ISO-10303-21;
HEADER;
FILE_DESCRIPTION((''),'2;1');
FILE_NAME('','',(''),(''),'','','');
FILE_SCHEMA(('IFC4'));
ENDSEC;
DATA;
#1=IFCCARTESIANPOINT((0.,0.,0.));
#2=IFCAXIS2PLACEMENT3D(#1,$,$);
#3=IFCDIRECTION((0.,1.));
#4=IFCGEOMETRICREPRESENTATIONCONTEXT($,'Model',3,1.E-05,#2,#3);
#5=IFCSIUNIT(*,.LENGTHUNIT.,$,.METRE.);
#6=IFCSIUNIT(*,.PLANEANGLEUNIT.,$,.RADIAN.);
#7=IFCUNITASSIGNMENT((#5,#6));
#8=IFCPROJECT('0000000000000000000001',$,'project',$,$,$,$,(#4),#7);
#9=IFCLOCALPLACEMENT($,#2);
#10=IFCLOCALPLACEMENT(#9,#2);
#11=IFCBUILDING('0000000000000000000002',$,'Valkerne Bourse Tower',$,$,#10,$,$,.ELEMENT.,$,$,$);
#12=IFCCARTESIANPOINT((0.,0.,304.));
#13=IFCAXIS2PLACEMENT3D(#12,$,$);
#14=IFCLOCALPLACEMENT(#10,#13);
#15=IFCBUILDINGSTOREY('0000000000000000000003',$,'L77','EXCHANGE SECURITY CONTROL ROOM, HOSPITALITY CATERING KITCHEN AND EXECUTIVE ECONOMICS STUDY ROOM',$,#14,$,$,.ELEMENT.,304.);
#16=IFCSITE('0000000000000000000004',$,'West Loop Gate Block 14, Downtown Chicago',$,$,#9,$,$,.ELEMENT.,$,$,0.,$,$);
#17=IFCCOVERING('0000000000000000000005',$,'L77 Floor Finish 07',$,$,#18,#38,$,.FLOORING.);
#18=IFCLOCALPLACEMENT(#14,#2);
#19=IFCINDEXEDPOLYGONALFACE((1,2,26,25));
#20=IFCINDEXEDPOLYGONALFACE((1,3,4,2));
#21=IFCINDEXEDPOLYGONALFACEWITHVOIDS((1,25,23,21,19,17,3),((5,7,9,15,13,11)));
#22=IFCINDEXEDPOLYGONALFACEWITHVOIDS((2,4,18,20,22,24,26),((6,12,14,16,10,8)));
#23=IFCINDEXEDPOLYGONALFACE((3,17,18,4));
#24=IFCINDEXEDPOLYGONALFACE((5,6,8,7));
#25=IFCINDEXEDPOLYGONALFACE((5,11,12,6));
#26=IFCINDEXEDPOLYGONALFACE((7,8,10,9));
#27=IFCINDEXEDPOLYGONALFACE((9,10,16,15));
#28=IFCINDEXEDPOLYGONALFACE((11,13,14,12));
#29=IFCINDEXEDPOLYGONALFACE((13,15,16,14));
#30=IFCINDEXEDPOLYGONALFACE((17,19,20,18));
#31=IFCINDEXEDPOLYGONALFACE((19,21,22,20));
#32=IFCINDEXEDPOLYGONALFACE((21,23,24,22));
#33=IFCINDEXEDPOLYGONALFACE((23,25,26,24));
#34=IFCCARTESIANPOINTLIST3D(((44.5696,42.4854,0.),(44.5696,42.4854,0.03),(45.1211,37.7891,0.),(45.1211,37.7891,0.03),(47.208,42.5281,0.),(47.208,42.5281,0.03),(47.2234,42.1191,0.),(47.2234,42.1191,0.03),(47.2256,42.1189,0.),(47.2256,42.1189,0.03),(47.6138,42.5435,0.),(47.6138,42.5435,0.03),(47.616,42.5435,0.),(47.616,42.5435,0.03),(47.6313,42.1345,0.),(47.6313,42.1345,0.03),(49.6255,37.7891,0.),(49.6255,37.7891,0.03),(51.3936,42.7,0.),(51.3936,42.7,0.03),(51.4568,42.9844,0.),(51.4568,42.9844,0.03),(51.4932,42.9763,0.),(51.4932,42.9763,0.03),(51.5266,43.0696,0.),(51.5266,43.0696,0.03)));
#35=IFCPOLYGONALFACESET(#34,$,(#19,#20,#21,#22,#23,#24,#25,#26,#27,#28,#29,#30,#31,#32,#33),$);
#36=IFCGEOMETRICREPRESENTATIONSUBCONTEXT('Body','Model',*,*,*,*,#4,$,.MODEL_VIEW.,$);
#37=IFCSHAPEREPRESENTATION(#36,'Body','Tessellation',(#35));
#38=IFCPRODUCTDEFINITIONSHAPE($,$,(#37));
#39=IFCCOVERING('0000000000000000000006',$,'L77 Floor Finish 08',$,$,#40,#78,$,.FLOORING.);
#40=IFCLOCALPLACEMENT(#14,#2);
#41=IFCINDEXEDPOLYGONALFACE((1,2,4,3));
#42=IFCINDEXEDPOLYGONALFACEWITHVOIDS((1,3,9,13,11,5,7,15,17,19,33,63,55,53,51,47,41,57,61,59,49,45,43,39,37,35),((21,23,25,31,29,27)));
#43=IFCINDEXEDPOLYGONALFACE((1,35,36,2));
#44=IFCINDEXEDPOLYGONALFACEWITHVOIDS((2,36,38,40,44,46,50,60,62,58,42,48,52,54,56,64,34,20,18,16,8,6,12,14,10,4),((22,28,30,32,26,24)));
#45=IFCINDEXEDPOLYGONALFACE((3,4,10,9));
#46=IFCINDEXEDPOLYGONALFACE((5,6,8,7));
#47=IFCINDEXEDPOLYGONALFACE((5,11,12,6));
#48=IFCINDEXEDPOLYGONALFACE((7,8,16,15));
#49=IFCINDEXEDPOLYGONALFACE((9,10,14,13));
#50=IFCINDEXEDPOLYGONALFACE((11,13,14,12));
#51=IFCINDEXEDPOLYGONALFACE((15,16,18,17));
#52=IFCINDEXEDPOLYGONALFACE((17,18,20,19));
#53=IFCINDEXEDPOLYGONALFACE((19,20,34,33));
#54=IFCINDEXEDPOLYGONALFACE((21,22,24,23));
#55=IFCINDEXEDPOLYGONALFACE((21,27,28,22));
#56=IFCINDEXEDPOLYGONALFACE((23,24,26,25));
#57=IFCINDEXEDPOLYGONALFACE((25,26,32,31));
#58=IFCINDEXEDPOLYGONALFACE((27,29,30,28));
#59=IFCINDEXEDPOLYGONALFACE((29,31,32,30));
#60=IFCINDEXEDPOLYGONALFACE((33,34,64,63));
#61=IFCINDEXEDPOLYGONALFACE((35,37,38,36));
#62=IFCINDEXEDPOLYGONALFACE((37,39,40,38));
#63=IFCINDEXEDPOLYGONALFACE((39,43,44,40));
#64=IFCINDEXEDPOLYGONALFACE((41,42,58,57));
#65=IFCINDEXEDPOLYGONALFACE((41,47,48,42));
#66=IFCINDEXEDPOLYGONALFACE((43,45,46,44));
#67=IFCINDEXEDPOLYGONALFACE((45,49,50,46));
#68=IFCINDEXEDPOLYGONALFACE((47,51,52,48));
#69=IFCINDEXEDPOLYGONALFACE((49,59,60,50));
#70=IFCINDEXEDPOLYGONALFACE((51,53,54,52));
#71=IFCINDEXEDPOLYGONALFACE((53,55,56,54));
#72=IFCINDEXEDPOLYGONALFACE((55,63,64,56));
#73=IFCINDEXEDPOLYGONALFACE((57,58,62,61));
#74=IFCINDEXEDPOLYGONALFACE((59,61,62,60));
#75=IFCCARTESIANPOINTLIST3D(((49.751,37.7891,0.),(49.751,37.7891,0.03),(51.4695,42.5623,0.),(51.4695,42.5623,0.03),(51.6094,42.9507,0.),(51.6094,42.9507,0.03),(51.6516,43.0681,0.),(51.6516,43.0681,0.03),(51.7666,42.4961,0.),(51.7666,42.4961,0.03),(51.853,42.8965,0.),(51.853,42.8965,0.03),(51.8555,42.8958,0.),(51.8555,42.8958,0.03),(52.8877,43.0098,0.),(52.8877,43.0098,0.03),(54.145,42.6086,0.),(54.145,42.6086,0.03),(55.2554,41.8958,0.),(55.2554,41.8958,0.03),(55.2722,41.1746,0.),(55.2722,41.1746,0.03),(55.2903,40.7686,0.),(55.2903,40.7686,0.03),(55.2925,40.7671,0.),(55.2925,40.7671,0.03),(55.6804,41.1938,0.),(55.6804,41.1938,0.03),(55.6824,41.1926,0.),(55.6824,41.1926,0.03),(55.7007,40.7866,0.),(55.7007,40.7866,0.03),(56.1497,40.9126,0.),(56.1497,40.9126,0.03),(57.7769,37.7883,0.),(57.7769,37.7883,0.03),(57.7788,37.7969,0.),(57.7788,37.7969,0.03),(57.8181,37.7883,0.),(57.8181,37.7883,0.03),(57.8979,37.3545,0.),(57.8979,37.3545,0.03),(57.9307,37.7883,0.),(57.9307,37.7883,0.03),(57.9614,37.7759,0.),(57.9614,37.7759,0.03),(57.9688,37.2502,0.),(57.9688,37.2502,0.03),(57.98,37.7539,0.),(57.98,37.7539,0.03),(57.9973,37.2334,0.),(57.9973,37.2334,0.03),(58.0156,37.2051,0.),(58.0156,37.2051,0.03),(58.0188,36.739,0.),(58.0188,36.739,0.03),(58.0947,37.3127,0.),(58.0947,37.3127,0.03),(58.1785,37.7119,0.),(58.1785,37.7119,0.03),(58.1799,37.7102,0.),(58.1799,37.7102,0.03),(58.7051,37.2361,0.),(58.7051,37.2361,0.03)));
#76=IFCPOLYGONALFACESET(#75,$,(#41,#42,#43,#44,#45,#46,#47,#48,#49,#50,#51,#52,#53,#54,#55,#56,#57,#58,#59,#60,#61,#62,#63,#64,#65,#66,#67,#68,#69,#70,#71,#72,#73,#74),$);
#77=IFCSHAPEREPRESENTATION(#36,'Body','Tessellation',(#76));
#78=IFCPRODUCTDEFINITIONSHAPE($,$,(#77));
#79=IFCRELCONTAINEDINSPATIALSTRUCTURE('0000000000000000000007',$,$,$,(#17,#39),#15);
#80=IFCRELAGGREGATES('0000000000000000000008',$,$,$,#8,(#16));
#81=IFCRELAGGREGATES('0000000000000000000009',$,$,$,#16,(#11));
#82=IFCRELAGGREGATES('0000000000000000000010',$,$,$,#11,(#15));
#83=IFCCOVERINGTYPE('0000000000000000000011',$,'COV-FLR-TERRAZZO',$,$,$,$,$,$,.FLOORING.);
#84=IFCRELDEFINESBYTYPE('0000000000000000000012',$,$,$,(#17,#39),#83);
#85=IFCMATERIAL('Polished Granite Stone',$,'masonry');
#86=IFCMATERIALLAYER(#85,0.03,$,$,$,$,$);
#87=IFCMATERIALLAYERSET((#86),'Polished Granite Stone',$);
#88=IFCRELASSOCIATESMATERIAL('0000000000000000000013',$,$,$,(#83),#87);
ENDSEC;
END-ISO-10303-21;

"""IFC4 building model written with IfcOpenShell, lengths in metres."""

from ifc_helpers import new_model, si_unit, direction, frame, origin, place, context, subcontext, project, spatial, polyline, outline, extrude, material, layer, layer_set, type_object, element, save


model = new_model("IFC4")

# Units and contexts
model_context = context("Model", 3, precision=1e-05, world=origin(), true_north=direction((0.0, 1.0)))
body_context = subcontext(model_context, "Body", "Model", "MODEL_VIEW")
ifc_project = project(units=[si_unit("LENGTHUNIT", "METRE"), si_unit("PLANEANGLEUNIT", "RADIAN")], contexts=[model_context])

# Site, building, storey
site_placement = place(None, origin())
site = spatial("IfcSite", under=ifc_project, at=site_placement, Name="West Loop Gate Block 14, Downtown Chicago", CompositionType="ELEMENT", RefElevation=0.0)
building_placement = place(site_placement, origin())
building = spatial("IfcBuilding", under=site, at=building_placement, Name="Valkerne Bourse Tower", CompositionType="ELEMENT")
storey_placement = place(building_placement, frame((0.0, 0.0, 304.0)))
storey = spatial("IfcBuildingStorey", under=building, at=storey_placement, Name="L77", Description="EXCHANGE SECURITY CONTROL ROOM, HOSPITALITY CATERING KITCHEN AND EXECUTIVE ECONOMICS STUDY ROOM", CompositionType="ELEMENT", Elevation=304.0)

# Coverings
ifc_material_1 = material(Name="Polished Granite Stone", Category="masonry")
ifc_layer_1 = layer(ifc_material_1, 0.03)
ifc_layer_set_1 = layer_set([ifc_layer_1], Name="Polished Granite Stone")
covering_type_1 = type_object("IfcCoveringType", Name="COV-FLR-TERRAZZO", PredefinedType="FLOORING", material=ifc_layer_set_1)
covering_1_placement = place(storey_placement, origin())
element("IfcCovering", 1, at=covering_1_placement, inside=storey, type_object=covering_type_1, Name="L77 Floor Finish 07", PredefinedType="FLOORING", context=body_context, shape_type="SweptSolid", body=[
    extrude(outline(polyline([(45.1211, 37.7891), (44.5696, 42.4854), (51.5266, 43.0696), (51.4932, 42.9763), (51.4568, 42.9844), (51.3936, 42.7), (49.6255, 37.7891), (45.1211, 37.7891)]), holes=[polyline([(47.616, 42.5435), (47.6138, 42.5435), (47.208, 42.5281), (47.2234, 42.1191), (47.2256, 42.1189), (47.6313, 42.1345), (47.616, 42.5435)])]), origin(), (0.0, 0.0, 1.0), 0.03),
])
covering_2_placement = place(storey_placement, origin())
element("IfcCovering", 2, at=covering_2_placement, inside=storey, type_object=covering_type_1, Name="L77 Floor Finish 08", PredefinedType="FLOORING", context=body_context, shape_type="SweptSolid", body=[
    extrude(outline(polyline([(55.2554, 41.8958), (56.1497, 40.9126), (58.7051, 37.2361), (58.0188, 36.739), (58.0156, 37.2051), (57.9973, 37.2334), (57.9688, 37.2502), (57.8979, 37.3545), (58.0947, 37.3127), (58.1799, 37.7102), (58.1785, 37.7119), (57.98, 37.7539), (57.9614, 37.7759), (57.9307, 37.7883), (57.8181, 37.7883), (57.7788, 37.7969), (57.7769, 37.7883), (49.751, 37.7891), (51.4695, 42.5623), (51.7666, 42.4961), (51.8555, 42.8958), (51.853, 42.8965), (51.6094, 42.9507), (51.6516, 43.0681), (52.8877, 43.0098), (54.145, 42.6086), (55.2554, 41.8958)]), holes=[polyline([(55.6824, 41.1926), (55.6804, 41.1938), (55.2722, 41.1746), (55.2903, 40.7686), (55.2925, 40.7671), (55.7007, 40.7866), (55.6824, 41.1926)])]), origin(), (0.0, 0.0, 1.0), 0.03),
])

save(model, "model.ifc")
